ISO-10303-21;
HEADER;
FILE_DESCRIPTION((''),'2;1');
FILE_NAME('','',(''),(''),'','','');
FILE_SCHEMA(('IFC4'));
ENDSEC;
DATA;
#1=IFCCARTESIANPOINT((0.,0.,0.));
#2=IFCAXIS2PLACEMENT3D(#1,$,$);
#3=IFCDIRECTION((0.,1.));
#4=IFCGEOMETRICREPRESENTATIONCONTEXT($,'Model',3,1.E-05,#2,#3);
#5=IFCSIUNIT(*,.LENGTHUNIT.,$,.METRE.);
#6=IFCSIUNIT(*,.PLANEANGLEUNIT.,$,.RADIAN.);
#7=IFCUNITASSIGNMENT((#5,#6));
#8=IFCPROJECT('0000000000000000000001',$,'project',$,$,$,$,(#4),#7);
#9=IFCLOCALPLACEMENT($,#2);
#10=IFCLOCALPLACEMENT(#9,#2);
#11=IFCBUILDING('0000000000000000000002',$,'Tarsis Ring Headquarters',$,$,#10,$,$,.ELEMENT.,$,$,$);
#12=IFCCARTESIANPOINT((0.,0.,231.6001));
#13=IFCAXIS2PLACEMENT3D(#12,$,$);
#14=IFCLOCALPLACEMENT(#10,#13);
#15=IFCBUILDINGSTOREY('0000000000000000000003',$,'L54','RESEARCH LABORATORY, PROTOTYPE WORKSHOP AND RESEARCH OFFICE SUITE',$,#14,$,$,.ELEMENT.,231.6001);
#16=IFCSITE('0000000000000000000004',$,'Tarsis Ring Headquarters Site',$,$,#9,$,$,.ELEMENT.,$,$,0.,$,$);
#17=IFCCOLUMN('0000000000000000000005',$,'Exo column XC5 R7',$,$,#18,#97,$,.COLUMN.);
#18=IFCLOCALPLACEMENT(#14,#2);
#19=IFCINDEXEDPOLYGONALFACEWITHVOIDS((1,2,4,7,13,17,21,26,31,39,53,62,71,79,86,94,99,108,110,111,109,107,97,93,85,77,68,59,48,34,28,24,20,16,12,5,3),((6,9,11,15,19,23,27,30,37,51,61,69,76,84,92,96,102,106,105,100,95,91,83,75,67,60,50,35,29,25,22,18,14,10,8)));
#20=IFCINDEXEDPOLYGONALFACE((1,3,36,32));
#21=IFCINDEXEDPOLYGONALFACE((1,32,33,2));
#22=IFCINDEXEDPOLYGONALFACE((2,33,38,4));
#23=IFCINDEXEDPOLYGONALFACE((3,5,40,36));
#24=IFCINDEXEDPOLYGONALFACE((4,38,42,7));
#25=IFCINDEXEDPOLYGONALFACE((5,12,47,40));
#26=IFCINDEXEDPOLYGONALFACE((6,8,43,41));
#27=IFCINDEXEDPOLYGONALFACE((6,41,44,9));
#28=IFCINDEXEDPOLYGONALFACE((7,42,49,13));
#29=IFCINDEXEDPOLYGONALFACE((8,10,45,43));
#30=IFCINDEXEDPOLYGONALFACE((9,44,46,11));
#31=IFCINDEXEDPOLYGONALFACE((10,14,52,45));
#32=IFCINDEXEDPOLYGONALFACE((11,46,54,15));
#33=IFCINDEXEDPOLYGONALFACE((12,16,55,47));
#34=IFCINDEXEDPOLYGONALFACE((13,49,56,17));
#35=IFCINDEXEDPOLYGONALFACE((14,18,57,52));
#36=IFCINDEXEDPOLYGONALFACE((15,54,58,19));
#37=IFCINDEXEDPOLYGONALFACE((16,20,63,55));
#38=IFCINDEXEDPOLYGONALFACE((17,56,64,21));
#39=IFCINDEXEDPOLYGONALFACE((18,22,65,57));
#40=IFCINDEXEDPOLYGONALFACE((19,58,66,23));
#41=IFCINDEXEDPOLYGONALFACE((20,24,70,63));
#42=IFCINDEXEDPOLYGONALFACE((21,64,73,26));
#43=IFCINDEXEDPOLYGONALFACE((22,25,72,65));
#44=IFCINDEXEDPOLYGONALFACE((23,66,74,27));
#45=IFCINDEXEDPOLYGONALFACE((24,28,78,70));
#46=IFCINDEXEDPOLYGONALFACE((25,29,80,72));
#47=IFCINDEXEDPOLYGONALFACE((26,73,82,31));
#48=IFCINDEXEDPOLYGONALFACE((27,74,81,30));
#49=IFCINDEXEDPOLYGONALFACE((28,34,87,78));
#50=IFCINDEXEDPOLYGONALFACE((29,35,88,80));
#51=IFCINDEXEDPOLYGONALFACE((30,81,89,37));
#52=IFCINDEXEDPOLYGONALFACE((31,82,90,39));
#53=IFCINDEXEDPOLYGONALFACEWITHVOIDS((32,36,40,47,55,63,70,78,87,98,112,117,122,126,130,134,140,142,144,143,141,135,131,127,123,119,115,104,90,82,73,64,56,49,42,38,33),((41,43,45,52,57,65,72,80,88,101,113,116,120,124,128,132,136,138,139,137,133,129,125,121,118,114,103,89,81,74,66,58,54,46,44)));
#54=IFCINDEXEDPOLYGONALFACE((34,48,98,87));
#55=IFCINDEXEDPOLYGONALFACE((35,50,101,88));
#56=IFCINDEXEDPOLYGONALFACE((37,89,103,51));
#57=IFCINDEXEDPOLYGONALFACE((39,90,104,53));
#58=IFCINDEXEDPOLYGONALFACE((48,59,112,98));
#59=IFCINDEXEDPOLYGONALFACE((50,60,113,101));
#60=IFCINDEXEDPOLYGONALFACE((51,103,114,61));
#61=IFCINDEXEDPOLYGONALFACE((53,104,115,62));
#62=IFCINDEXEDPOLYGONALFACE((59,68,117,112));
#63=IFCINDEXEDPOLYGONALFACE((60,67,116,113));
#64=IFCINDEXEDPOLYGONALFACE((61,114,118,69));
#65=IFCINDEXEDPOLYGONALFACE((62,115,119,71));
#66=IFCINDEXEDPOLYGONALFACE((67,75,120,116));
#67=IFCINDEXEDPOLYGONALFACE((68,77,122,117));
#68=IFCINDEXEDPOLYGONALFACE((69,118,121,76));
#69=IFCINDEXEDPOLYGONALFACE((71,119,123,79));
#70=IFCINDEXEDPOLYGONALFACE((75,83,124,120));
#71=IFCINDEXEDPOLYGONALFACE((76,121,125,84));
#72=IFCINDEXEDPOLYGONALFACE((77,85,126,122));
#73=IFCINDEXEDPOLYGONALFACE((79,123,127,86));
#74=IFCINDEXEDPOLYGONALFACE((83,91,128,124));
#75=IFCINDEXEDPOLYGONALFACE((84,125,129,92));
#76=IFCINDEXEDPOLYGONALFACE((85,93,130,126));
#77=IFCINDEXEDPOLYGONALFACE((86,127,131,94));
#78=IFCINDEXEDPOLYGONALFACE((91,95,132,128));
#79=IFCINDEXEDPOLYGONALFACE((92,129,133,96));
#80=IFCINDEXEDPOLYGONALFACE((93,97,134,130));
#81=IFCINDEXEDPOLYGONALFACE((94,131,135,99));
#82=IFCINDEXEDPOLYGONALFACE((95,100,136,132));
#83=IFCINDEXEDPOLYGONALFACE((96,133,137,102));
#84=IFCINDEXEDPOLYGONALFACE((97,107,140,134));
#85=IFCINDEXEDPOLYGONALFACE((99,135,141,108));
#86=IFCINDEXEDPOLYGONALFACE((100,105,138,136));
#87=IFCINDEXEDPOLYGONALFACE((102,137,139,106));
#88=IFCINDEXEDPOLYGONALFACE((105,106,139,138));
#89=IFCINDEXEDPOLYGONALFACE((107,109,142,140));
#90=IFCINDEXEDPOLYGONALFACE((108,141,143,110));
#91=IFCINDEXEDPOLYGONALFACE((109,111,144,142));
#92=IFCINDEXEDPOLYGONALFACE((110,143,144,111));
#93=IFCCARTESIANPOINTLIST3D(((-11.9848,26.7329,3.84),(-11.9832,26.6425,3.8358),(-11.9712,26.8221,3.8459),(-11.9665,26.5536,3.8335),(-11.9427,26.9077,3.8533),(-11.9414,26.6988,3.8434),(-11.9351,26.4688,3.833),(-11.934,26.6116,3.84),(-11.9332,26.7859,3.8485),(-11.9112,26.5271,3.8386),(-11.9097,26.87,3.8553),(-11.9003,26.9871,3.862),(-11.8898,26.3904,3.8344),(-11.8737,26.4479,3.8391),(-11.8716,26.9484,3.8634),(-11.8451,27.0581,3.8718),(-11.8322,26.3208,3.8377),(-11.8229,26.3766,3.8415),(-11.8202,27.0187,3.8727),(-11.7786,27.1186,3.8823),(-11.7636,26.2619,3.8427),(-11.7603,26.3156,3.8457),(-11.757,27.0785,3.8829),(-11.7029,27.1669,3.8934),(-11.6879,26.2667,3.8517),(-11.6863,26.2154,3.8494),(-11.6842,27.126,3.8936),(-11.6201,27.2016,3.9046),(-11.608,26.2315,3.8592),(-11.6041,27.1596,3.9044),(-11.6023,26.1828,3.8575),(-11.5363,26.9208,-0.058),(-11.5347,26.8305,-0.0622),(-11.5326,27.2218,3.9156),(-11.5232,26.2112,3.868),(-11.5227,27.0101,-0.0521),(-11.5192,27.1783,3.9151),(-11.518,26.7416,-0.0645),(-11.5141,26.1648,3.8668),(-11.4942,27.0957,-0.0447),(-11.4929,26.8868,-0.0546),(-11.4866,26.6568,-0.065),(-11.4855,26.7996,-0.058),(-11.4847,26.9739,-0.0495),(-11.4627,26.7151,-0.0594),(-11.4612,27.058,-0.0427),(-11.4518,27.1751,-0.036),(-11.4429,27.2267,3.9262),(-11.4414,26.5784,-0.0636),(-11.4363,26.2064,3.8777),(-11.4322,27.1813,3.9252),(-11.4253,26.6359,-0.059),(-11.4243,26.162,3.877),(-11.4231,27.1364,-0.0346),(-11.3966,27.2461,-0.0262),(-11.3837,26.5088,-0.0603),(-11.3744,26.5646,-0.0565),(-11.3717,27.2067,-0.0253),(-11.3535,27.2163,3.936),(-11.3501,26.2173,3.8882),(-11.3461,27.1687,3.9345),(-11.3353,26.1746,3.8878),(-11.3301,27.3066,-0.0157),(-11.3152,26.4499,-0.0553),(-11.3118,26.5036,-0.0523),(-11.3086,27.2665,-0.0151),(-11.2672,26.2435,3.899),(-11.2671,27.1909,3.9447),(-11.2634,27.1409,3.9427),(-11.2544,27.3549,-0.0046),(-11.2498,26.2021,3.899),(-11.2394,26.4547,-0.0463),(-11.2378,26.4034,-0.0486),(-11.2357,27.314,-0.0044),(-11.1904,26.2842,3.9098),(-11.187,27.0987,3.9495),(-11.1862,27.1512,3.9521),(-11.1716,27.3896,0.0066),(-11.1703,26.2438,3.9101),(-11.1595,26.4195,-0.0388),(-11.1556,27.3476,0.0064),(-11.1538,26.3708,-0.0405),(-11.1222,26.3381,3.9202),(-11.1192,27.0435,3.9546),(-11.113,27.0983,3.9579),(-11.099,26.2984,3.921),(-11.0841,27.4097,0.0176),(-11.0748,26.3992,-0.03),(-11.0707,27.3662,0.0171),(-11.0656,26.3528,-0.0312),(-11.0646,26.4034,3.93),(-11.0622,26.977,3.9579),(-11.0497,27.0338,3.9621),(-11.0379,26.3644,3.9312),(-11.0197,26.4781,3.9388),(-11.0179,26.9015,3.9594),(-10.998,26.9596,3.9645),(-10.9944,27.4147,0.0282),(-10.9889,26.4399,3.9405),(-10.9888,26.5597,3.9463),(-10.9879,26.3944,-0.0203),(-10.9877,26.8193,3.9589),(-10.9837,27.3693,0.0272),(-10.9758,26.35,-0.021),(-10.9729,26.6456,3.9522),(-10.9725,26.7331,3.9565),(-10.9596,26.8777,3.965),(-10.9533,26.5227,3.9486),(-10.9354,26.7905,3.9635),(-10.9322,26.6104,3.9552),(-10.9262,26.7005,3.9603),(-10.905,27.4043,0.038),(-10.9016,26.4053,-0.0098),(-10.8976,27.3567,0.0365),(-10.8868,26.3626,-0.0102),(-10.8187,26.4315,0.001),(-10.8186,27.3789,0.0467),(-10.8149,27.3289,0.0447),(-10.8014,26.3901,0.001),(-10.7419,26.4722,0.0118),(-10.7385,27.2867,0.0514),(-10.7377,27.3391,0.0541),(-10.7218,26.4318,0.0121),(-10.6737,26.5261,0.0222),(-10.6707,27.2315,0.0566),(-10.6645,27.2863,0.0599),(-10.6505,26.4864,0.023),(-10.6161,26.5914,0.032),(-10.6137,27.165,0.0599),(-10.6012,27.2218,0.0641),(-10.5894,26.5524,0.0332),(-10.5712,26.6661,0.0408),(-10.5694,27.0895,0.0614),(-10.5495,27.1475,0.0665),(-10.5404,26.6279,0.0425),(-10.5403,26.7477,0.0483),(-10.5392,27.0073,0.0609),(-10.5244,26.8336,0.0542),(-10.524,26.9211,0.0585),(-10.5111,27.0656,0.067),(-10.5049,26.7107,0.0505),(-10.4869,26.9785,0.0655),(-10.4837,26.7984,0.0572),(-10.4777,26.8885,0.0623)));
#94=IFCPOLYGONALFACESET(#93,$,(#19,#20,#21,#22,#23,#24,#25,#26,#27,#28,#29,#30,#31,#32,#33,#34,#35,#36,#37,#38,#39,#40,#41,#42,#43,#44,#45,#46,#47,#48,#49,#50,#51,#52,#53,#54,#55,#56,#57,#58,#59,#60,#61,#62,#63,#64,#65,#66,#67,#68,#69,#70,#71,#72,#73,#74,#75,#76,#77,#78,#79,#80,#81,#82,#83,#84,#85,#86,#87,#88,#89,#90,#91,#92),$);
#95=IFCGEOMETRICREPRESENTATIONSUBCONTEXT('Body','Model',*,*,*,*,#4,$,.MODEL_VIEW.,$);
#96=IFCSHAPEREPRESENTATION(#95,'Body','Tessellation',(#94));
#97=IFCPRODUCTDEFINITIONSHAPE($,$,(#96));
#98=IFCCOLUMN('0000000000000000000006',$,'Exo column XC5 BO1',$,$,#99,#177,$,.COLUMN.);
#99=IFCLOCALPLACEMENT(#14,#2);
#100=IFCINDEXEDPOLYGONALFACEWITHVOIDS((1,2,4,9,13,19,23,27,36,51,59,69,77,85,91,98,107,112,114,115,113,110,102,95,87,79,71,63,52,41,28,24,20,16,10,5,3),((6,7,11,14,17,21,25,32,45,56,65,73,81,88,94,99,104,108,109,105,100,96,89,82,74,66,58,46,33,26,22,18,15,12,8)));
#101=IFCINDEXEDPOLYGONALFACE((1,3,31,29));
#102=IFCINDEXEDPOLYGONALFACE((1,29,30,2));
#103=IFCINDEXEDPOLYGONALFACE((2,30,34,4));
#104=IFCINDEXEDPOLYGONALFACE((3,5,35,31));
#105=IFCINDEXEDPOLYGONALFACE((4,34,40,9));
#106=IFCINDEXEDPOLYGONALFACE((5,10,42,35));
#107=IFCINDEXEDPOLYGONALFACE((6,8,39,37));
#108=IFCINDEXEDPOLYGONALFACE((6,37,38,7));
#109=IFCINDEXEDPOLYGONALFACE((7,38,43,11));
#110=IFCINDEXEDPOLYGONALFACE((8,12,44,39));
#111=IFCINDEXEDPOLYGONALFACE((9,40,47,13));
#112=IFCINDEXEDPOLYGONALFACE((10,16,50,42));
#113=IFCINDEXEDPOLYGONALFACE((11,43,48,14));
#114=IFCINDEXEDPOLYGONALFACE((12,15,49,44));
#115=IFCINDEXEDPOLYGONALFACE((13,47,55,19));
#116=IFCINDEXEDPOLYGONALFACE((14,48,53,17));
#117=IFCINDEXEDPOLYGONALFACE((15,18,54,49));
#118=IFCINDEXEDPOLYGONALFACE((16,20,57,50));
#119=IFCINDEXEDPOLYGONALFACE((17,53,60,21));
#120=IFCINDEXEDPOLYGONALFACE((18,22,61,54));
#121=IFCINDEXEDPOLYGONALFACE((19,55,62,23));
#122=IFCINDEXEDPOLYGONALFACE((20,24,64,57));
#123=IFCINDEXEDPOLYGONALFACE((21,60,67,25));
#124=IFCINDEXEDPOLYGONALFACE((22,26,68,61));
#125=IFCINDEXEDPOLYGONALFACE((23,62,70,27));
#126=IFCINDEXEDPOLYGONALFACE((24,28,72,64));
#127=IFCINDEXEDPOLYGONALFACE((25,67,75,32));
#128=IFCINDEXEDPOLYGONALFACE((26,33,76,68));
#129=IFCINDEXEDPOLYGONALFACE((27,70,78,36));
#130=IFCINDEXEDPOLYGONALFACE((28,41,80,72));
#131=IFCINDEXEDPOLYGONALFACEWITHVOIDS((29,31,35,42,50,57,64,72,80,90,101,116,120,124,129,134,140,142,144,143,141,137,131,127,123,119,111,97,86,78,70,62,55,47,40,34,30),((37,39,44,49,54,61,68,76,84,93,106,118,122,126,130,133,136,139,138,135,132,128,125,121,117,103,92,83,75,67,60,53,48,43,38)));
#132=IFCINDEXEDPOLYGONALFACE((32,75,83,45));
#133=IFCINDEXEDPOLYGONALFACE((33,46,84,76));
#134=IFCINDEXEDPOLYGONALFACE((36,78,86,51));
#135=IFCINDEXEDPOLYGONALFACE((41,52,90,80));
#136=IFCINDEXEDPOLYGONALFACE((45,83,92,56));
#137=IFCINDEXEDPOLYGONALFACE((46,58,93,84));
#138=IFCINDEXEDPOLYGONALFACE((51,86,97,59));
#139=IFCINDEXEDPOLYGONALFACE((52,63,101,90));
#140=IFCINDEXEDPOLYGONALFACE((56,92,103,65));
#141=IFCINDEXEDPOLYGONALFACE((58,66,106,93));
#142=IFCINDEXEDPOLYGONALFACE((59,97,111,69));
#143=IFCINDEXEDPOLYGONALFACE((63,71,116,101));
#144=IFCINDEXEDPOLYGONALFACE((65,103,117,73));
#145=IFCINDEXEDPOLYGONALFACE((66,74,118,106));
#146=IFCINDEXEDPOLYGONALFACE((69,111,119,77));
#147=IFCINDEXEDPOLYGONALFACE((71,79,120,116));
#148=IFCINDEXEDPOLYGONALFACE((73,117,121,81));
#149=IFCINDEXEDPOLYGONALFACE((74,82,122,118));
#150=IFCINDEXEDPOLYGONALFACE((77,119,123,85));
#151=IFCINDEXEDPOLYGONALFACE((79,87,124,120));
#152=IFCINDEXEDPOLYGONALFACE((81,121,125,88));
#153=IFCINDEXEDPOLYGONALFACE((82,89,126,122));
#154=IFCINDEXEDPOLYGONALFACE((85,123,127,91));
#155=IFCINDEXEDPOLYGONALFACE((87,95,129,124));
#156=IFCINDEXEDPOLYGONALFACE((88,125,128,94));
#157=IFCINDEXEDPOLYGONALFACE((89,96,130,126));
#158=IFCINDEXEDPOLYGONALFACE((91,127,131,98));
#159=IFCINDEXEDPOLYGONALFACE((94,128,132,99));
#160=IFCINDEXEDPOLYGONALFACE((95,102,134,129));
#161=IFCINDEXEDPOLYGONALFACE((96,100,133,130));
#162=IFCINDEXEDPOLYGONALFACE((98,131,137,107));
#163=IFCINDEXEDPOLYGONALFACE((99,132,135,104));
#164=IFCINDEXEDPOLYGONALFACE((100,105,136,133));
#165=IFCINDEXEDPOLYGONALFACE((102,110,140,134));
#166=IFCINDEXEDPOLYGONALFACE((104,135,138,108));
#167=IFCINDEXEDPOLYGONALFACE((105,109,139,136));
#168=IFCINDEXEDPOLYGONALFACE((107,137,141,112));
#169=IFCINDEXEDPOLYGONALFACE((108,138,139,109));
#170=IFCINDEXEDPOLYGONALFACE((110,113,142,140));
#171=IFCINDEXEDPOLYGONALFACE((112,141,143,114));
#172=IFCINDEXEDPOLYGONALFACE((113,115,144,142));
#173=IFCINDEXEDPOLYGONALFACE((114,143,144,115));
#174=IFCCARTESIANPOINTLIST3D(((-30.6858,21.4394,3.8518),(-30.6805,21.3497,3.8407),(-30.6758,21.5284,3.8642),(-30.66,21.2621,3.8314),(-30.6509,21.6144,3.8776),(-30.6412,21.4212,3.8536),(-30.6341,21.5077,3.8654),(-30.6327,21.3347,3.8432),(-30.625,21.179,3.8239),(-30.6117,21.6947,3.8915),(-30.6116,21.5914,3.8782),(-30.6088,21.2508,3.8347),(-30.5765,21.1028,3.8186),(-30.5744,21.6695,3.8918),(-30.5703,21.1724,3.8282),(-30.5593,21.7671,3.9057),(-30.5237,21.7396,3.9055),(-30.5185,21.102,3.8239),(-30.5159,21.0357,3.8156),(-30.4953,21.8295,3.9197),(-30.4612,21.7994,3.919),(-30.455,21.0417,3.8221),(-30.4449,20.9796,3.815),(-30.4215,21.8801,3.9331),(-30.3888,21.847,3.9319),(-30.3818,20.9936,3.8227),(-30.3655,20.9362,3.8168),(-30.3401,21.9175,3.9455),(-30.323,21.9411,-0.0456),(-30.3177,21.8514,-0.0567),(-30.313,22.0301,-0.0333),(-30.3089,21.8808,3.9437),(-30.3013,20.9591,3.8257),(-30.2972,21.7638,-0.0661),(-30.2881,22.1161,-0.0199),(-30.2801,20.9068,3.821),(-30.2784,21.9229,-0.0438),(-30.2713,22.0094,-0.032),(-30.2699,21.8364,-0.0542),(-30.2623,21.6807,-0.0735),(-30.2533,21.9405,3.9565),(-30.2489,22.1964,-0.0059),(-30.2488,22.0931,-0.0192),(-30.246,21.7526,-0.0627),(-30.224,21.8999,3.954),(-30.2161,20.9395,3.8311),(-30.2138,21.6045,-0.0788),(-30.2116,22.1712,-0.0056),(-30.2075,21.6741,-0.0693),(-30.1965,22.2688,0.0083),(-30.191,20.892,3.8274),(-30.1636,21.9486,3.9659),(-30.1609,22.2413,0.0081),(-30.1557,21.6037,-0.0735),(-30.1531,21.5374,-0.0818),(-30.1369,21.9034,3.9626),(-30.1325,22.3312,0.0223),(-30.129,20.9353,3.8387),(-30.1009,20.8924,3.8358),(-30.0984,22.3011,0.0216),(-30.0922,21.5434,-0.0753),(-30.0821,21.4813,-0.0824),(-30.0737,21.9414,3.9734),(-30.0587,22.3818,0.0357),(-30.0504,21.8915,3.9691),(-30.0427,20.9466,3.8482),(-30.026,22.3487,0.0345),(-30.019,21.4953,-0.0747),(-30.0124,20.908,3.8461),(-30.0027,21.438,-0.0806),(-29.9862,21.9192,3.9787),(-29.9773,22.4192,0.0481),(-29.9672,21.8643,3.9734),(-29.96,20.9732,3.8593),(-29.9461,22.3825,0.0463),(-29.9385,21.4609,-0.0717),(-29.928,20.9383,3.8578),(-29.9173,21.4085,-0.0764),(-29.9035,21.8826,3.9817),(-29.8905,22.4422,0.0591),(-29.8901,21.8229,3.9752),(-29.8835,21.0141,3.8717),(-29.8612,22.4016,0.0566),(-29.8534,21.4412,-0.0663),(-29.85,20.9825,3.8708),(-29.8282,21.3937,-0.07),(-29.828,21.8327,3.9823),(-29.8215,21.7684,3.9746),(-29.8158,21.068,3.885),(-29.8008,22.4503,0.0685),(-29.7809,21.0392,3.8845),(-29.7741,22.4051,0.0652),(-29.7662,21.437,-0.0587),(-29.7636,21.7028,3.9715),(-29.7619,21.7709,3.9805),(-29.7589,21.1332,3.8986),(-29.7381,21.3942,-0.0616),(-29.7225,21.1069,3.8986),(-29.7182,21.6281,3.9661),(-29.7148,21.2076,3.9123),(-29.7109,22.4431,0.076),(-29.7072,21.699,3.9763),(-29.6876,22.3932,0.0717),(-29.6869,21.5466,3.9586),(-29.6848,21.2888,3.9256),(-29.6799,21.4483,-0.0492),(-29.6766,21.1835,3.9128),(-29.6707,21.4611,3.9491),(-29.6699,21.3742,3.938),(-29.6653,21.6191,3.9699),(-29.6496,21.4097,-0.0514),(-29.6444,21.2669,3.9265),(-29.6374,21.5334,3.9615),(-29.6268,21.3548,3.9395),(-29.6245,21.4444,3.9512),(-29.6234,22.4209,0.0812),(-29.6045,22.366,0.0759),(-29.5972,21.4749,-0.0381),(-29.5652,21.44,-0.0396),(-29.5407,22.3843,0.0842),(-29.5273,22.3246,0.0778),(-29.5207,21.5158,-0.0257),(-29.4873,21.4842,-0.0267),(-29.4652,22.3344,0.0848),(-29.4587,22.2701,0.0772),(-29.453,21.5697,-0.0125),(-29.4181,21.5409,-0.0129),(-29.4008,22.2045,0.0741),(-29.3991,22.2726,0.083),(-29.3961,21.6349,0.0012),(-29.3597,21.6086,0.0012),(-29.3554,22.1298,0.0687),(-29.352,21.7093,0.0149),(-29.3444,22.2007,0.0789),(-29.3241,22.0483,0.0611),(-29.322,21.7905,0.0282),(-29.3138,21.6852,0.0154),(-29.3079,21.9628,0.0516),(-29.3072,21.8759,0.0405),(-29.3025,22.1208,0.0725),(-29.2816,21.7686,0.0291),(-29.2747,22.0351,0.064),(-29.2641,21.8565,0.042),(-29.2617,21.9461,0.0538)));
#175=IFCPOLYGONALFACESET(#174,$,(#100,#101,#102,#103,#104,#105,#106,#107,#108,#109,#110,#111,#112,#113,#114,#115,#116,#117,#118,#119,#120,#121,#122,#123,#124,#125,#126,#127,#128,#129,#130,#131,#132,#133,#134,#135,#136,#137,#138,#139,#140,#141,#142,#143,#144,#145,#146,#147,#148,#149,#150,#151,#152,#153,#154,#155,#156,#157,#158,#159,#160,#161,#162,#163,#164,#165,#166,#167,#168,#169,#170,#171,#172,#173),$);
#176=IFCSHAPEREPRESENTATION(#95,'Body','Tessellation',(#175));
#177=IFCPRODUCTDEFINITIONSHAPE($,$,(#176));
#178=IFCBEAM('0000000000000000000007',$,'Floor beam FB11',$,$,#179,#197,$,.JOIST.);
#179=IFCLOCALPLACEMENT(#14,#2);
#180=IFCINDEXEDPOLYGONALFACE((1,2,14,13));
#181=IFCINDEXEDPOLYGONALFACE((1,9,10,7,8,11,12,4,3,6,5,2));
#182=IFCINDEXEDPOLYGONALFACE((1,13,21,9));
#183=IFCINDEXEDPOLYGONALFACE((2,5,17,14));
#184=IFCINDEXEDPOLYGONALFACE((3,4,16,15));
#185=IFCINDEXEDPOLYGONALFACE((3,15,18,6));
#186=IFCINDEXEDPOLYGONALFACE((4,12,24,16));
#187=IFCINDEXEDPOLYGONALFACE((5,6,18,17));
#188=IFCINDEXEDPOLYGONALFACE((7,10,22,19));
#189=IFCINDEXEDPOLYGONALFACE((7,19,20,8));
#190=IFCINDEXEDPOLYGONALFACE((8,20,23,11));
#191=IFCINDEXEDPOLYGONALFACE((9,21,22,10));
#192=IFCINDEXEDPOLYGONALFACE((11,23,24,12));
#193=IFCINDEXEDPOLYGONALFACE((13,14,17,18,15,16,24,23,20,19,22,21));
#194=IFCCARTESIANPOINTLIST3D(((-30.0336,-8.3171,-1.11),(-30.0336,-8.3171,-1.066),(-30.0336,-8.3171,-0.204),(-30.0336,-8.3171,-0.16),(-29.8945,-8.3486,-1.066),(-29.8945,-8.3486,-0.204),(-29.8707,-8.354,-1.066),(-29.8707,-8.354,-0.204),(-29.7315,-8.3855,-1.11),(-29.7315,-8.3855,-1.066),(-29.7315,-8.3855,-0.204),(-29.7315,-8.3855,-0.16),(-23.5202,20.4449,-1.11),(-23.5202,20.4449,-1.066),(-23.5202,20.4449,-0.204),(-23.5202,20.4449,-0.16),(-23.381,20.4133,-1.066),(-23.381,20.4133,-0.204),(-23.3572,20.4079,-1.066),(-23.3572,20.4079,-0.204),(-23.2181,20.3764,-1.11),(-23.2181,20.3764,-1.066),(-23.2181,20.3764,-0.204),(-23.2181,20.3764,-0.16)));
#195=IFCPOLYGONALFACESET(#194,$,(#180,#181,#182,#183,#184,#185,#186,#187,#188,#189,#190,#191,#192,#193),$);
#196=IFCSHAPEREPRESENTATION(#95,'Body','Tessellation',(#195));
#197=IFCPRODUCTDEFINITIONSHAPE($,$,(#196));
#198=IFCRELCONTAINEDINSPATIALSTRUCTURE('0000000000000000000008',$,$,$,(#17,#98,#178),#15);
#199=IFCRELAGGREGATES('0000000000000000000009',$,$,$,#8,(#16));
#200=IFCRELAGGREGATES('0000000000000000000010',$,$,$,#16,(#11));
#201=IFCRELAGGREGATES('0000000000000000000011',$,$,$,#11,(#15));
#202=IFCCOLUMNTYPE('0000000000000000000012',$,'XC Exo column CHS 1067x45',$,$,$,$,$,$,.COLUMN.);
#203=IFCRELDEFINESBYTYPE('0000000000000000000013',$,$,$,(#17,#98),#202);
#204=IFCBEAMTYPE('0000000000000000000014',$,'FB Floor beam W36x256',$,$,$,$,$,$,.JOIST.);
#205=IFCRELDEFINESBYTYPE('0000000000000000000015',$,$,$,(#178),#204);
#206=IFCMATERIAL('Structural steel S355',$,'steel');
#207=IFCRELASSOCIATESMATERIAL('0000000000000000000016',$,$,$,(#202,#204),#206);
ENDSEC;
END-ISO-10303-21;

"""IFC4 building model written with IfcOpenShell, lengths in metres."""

from ifc_helpers import new_model, si_unit, direction, frame, origin, origin_2d, place, context, subcontext, project, spatial, hollow_circle, i_section, extrude, material, material_profile, profile_set, type_object, element, save


model = new_model("IFC4")

# Units and contexts
model_context = context("Model", 3, precision=1e-05, world=origin(), true_north=direction((0.0, 1.0)))
body_context = subcontext(model_context, "Body", "Model", "MODEL_VIEW")
ifc_project = project(units=[si_unit("LENGTHUNIT", "METRE"), si_unit("PLANEANGLEUNIT", "RADIAN")], contexts=[model_context])

# Site, building, storey
site_placement = place(None, origin())
site = spatial("IfcSite", under=ifc_project, at=site_placement, Name="Tarsis Ring Headquarters Site", CompositionType="ELEMENT", RefElevation=0.0)
building_placement = place(site_placement, origin())
building = spatial("IfcBuilding", under=site, at=building_placement, Name="Tarsis Ring Headquarters", CompositionType="ELEMENT")
storey_placement = place(building_placement, frame((0.0, 0.0, 231.6001)))
storey = spatial("IfcBuildingStorey", under=building, at=storey_placement, Name="L54", Description="RESEARCH LABORATORY, PROTOTYPE WORKSHOP AND RESEARCH OFFICE SUITE", CompositionType="ELEMENT", Elevation=231.6001)

# Columns
ifc_material_1 = material(Name="Structural steel S355", Category="steel")
ifc_material_profile_1 = material_profile(ifc_material_1, hollow_circle(Radius=0.5334, WallThickness=0.0449, at=origin_2d()), Name="CHS 1067x45")
ifc_profile_set_1 = profile_set([ifc_material_profile_1], Name="Structural steel S355")
column_type = type_object("IfcColumnType", Name="XC Exo column CHS 1067x45", PredefinedType="COLUMN", material=ifc_profile_set_1)
column_1_placement = place(storey_placement, frame((-11.0076, 26.8821, 0.001), z_axis=(-0.114172, -0.047857, 0.992308), x_axis=(0.386575, -0.922258, 0.0)))
element("IfcColumn", 1, at=column_1_placement, inside=storey, type_object=column_type, Name="Exo column XC5 R7", PredefinedType="COLUMN", context=body_context, shape_type="SweptSolid", body=[
    extrude(hollow_circle(Radius=0.5334, WallThickness=0.0449, at=origin_2d()), origin(), (0.0, 0.0, 1.0), 3.9282),
])
column_2_placement = place(storey_placement, frame((-29.792, 21.9211, 0.0012), z_axis=(-0.091932, -0.127133, 0.987616), x_axis=(0.810336, -0.585966, 0.0)))
element("IfcColumn", 2, at=column_2_placement, inside=storey, type_object=column_type, Name="Exo column XC5 BO1", PredefinedType="COLUMN", context=body_context, shape_type="SweptSolid", body=[
    extrude(hollow_circle(Radius=0.5334, WallThickness=0.0449, at=origin_2d()), origin(), (0.0, 0.0, 1.0), 3.9463),
])

# Beam
ifc_material_profile_2 = material_profile(ifc_material_1, i_section(OverallWidth=0.3098, OverallDepth=0.95, WebThickness=0.0244, FlangeThickness=0.0439, at=origin_2d()), Name="W36x256")
ifc_profile_set_2 = profile_set([ifc_material_profile_2], Name="Structural steel S355")
beam_type_1 = type_object("IfcBeamType", Name="FB Floor beam W36x256", PredefinedType="JOIST", material=ifc_profile_set_2)
beam_1_placement = place(storey_placement, frame((-23.3691, 20.4106, -0.635), z_axis=(-0.220867, -0.975304, 0.0), x_axis=(0.975304, -0.220867, 0.0)))
element("IfcBeam", 3, at=beam_1_placement, inside=storey, type_object=beam_type_1, Name="Floor beam FB11", PredefinedType="JOIST", context=body_context, shape_type="SweptSolid", body=[
    extrude(i_section(OverallWidth=0.3098, OverallDepth=0.95, WebThickness=0.0244, FlangeThickness=0.0439, at=origin_2d()), origin(), (0.0, 0.0, 1.0), 29.4902),
])

save(model, "model.ifc")
